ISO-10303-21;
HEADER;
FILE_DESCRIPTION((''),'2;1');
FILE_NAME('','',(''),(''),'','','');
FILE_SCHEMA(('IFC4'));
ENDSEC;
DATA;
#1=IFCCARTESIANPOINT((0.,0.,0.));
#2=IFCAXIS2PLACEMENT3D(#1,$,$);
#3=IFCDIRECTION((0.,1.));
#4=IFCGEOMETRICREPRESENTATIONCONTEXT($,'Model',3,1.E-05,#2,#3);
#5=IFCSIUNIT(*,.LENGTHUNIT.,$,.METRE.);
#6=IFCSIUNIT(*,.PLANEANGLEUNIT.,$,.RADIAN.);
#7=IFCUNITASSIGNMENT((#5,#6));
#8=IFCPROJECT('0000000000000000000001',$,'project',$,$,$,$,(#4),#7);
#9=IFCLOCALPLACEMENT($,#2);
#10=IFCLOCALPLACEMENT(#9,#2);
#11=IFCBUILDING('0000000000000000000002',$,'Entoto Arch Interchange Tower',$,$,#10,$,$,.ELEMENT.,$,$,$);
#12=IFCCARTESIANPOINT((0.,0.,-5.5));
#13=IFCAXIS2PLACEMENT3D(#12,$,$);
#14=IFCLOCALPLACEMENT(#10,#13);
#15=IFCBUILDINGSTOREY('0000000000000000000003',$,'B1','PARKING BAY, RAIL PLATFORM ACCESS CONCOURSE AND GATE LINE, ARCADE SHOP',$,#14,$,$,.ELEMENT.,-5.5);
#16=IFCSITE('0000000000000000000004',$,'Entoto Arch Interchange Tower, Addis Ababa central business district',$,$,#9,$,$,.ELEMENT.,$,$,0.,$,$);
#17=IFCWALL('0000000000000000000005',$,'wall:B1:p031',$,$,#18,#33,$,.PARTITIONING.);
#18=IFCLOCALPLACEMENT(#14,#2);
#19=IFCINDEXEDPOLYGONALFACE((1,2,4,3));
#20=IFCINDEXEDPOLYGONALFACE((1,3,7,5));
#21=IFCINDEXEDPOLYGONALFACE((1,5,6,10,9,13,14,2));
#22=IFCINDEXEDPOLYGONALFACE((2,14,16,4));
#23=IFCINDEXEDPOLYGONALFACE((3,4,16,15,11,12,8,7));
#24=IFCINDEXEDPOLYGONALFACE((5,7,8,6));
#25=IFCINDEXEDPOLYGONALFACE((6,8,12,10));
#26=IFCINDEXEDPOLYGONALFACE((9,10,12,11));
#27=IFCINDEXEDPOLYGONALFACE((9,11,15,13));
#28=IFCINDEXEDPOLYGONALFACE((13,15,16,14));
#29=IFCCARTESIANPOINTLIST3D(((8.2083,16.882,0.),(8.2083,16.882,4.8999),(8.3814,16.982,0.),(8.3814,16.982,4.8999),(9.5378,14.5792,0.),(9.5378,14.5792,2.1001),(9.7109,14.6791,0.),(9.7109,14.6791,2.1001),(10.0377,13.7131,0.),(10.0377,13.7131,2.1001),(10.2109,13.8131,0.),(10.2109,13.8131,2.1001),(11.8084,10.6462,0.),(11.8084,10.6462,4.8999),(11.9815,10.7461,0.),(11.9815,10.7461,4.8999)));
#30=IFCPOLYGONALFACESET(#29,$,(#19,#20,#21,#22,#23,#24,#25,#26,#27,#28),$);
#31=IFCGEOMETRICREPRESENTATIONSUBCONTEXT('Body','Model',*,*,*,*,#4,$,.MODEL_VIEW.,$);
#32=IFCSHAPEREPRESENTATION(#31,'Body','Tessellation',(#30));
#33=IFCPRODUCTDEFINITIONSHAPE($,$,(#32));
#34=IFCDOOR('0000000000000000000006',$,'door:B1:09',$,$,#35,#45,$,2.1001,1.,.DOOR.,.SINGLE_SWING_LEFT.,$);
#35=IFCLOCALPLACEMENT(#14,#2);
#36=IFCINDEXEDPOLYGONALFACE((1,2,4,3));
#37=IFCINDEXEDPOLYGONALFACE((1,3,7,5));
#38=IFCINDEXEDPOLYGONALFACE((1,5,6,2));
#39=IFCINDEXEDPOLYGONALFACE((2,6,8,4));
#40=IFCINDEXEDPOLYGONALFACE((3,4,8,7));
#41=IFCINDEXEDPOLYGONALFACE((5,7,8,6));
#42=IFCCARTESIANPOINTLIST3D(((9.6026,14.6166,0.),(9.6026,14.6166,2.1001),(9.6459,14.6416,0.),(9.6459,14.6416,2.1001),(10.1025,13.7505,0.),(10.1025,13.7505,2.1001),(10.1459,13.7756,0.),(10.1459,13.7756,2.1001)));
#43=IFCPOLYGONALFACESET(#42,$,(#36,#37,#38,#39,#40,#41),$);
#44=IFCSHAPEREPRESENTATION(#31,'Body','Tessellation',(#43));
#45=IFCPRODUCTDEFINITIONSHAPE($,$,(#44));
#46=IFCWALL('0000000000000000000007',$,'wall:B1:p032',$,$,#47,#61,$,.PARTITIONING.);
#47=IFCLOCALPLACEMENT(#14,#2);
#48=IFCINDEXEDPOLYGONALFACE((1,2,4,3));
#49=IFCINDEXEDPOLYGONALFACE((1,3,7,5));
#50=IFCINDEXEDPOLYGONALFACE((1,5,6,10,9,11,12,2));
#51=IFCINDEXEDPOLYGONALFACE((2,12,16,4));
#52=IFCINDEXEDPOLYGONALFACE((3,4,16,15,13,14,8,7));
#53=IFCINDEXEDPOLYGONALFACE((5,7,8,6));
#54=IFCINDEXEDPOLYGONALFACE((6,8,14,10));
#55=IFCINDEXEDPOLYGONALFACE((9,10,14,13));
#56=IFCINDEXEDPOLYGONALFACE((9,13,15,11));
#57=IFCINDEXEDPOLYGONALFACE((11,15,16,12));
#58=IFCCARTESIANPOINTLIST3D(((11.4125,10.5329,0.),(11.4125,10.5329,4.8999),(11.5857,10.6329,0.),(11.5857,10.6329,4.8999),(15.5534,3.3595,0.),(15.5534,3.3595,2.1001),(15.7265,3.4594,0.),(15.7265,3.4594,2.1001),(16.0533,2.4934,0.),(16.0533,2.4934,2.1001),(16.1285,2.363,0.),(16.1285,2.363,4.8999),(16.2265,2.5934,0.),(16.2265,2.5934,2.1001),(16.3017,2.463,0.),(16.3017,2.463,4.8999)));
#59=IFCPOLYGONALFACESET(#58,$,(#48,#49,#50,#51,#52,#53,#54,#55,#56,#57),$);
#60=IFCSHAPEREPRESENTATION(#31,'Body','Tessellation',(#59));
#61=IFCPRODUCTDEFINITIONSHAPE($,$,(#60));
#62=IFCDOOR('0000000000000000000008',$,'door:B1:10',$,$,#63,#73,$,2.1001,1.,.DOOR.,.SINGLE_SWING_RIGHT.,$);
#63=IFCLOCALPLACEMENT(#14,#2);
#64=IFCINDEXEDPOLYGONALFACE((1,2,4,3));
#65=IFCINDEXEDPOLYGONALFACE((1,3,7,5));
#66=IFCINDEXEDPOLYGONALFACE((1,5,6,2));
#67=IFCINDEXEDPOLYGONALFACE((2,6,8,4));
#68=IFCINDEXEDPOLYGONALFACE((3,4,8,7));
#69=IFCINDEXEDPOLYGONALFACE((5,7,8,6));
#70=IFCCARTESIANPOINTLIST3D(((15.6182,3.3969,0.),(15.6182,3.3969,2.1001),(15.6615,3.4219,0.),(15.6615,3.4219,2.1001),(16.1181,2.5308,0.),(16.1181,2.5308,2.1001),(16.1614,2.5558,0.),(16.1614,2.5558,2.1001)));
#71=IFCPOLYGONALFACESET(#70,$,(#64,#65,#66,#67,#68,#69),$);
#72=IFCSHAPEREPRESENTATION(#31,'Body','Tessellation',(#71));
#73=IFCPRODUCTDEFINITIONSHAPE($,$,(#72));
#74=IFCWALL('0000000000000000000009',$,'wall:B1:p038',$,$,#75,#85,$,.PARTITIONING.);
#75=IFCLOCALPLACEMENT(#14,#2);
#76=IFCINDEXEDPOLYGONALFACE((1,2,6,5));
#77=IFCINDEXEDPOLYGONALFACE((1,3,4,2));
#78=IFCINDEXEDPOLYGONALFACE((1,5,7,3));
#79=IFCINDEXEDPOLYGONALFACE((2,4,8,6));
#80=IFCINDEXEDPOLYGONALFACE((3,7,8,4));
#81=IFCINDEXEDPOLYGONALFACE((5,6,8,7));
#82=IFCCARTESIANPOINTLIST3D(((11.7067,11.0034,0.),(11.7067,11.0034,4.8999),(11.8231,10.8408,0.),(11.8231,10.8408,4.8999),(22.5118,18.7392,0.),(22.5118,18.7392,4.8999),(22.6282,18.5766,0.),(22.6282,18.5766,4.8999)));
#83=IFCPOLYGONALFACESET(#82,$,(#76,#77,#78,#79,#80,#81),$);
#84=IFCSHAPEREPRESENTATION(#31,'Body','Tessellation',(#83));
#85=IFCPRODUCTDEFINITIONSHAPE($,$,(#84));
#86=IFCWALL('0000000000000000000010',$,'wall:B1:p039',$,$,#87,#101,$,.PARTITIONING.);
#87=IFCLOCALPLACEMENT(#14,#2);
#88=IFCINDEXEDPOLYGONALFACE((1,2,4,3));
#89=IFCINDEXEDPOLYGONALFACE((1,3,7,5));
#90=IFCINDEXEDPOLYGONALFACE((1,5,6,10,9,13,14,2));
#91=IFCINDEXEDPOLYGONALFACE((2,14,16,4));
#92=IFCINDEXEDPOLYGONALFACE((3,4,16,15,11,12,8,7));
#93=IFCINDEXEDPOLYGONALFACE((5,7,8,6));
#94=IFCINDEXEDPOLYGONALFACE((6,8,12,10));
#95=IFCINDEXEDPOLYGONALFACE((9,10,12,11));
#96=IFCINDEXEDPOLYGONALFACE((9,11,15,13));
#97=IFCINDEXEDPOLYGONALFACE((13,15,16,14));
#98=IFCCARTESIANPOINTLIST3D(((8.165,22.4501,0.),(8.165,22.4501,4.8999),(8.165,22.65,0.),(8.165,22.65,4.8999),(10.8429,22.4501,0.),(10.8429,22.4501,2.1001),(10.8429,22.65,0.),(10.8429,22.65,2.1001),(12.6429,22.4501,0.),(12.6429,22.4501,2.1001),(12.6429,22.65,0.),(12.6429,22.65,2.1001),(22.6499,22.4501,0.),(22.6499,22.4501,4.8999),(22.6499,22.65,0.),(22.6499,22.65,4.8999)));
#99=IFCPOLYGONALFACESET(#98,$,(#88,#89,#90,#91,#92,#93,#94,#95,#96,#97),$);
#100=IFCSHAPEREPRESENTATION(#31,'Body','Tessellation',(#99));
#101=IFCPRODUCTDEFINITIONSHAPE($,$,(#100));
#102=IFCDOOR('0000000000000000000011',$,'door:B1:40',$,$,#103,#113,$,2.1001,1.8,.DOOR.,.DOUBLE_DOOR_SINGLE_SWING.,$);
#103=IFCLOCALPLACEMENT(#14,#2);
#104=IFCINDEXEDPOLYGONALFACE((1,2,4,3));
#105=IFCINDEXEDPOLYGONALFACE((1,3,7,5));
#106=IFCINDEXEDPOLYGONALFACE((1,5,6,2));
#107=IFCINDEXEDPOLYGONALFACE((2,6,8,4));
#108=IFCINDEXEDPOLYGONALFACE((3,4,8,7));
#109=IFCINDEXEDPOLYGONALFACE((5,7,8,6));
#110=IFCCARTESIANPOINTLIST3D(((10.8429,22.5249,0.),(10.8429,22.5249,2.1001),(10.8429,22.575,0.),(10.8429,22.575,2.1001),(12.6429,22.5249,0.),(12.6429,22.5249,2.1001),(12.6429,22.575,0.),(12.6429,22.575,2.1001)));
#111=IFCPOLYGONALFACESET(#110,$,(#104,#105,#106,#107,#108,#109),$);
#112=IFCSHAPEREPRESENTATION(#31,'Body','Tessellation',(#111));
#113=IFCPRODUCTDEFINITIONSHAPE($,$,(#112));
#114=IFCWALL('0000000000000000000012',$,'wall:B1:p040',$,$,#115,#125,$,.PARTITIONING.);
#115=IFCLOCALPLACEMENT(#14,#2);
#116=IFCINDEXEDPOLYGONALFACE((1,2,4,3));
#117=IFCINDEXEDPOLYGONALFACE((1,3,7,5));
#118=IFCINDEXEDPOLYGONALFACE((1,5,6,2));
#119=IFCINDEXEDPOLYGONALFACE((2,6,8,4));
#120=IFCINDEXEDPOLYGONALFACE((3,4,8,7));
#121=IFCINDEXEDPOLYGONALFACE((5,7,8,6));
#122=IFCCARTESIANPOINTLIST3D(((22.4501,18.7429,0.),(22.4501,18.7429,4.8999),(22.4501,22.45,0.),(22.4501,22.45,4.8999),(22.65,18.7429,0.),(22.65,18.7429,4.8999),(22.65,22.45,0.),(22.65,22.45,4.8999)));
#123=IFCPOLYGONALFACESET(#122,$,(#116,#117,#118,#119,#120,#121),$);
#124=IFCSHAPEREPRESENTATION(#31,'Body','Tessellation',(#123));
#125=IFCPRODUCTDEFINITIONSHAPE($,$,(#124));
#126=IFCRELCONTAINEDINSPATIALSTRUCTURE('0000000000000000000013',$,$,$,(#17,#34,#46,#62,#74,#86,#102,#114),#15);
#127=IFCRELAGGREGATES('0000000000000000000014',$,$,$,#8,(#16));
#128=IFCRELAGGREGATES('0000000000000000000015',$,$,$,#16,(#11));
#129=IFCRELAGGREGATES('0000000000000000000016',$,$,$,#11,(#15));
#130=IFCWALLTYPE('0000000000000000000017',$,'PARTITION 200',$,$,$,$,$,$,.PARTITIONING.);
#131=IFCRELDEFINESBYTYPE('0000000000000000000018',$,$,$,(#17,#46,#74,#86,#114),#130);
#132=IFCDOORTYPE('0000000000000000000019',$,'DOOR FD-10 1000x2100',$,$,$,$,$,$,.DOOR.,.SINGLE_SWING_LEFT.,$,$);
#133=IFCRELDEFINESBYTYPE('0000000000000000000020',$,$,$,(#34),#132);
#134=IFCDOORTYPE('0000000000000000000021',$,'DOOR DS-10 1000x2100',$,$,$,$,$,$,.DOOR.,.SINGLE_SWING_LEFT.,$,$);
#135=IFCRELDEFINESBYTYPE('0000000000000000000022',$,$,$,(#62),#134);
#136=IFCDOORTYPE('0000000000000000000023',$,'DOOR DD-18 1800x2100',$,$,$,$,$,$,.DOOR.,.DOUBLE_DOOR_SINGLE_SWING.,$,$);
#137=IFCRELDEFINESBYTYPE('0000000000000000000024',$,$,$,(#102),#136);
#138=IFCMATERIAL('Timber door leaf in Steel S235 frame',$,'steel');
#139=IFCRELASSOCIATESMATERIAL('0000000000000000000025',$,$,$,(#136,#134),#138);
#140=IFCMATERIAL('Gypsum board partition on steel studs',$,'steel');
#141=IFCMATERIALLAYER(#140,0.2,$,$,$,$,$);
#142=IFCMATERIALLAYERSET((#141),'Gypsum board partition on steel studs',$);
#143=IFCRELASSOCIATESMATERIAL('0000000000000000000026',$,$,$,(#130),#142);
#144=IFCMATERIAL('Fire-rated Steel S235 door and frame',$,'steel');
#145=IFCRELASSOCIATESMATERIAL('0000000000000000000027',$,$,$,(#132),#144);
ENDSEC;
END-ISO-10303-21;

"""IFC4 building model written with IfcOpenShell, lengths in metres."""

from ifc_helpers import new_model, si_unit, direction, frame, frame_2d, origin, place, context, subcontext, project, spatial, rectangle, extrude, material, layer, layer_set, type_object, element, fill, save


model = new_model("IFC4")

# Units and contexts
model_context = context("Model", 3, precision=1e-05, world=origin(), true_north=direction((0.0, 1.0)))
body_context = subcontext(model_context, "Body", "Model", "MODEL_VIEW")
ifc_project = project(units=[si_unit("LENGTHUNIT", "METRE"), si_unit("PLANEANGLEUNIT", "RADIAN")], contexts=[model_context])

# Site, building, storey
site_placement = place(None, origin())
site = spatial("IfcSite", under=ifc_project, at=site_placement, Name="Entoto Arch Interchange Tower, Addis Ababa central business district", CompositionType="ELEMENT", RefElevation=0.0)
building_placement = place(site_placement, origin())
building = spatial("IfcBuilding", under=site, at=building_placement, Name="Entoto Arch Interchange Tower", CompositionType="ELEMENT")
storey_placement = place(building_placement, frame((0.0, 0.0, -5.5)))
storey = spatial("IfcBuildingStorey", under=building, at=storey_placement, Name="B1", Description="PARKING BAY, RAIL PLATFORM ACCESS CONCOURSE AND GATE LINE, ARCADE SHOP", CompositionType="ELEMENT", Elevation=-5.5)

# Shared definitions
ifc_material_1 = material(Name="Fire-rated Steel S235 door and frame", Category="steel")

# Shared definitions
ifc_material_2 = material(Name="Gypsum board partition on steel studs", Category="steel")

# Shared definitions
ifc_material_3 = material(Name="Timber door leaf in Steel S235 frame", Category="steel")
door_type_1 = type_object("IfcDoorType", Name="DOOR DD-18 1800x2100", OperationType="DOUBLE_DOOR_SINGLE_SWING", PredefinedType="DOOR", material=ifc_material_3)
ifc_layer_1 = layer(ifc_material_2, 0.2)
ifc_layer_set_1 = layer_set([ifc_layer_1], Name="Gypsum board partition on steel studs")
wall_type_1 = type_object("IfcWallType", Name="PARTITION 200", PredefinedType="PARTITIONING", material=ifc_layer_set_1)
door_type_2 = type_object("IfcDoorType", Name="DOOR FD-10 1000x2100", OperationType="SINGLE_SWING_LEFT", PredefinedType="DOOR", material=ifc_material_1)

# Walls, openings, doors
wall_1_placement = place(storey_placement, frame((8.2949, 16.9319, 0.0), z_axis=(0.0, 0.0, 1.0), x_axis=(0.499983, -0.866035, 0.0)))
wall_1 = element("IfcWall", 1, at=wall_1_placement, inside=storey, type_object=wall_type_1, Name="wall:B1:p031", PredefinedType="PARTITIONING", context=body_context, shape_type="SweptSolid", body=[
    extrude(rectangle(XDim=7.2004, YDim=0.2, at=frame_2d((3.6001, 0.0))), origin(), (0.0, 0.0, 1.0), 4.8999),
])
opening_1_placement = place(wall_1_placement, frame((2.6589, 0.0, 0.0)))
opening_1 = element("IfcOpeningElement", 2, at=opening_1_placement, cuts=wall_1, PredefinedType="OPENING", context=body_context, shape_type="SweptSolid", body=[
    extrude(rectangle(XDim=1.0, YDim=2.1001, at=frame_2d((0.5, 1.05))), frame((0.0, 0.1099, 0.0), z_axis=(0.0, -1.0, 0.0), x_axis=(1.0, 0.0, 0.0)), (0.0, 0.0, 1.0), 0.22),
])
door_1_placement = place(opening_1_placement, origin())
door_1 = element("IfcDoor", 3, at=door_1_placement, inside=storey, type_object=door_type_2, Name="door:B1:09", OperationType="SINGLE_SWING_LEFT", OverallHeight=2.1001, OverallWidth=1.0, PredefinedType="DOOR", context=body_context, shape_type="SweptSolid", body=[
    extrude(rectangle(XDim=1.0, YDim=2.1001, at=frame_2d((0.5, 1.05))), frame((0.0, 0.0249, 0.0), z_axis=(0.0, -1.0, 0.0), x_axis=(1.0, 0.0, 0.0)), (0.0, 0.0, 1.0), 0.05),
])
fill(opening_1, door_1)
wall_2_placement = place(storey_placement, frame((11.499, 10.583, 0.0), z_axis=(0.0, 0.0, 1.0), x_axis=(0.499933, -0.866064, 0.0)))
wall_2 = element("IfcWall", 4, at=wall_2_placement, inside=storey, type_object=wall_type_1, Name="wall:B1:p032", PredefinedType="PARTITIONING", context=body_context, shape_type="SweptSolid", body=[
    extrude(rectangle(XDim=9.4333, YDim=0.2, at=frame_2d((4.7168, 0.0))), origin(), (0.0, 0.0, 1.0), 4.8999),
])
opening_2_placement = place(wall_2_placement, frame((8.283, 0.0, 0.0)))
opening_2 = element("IfcOpeningElement", 5, at=opening_2_placement, cuts=wall_2, PredefinedType="OPENING", context=body_context, shape_type="SweptSolid", body=[
    extrude(rectangle(XDim=1.0, YDim=2.1001, at=frame_2d((0.5, 1.05))), frame((0.0, 0.1099, 0.0), z_axis=(0.0, -1.0, 0.0), x_axis=(1.0, 0.0, 0.0)), (0.0, 0.0, 1.0), 0.22),
])
door_type_3 = type_object("IfcDoorType", Name="DOOR DS-10 1000x2100", OperationType="SINGLE_SWING_LEFT", PredefinedType="DOOR", material=ifc_material_3)
door_2_placement = place(opening_2_placement, origin())
door_2 = element("IfcDoor", 6, at=door_2_placement, inside=storey, type_object=door_type_3, Name="door:B1:10", OperationType="SINGLE_SWING_RIGHT", OverallHeight=2.1001, OverallWidth=1.0, PredefinedType="DOOR", context=body_context, shape_type="SweptSolid", body=[
    extrude(rectangle(XDim=1.0, YDim=2.1001, at=frame_2d((0.5, 1.05))), frame((0.0, 0.0249, 0.0), z_axis=(0.0, -1.0, 0.0), x_axis=(1.0, 0.0, 0.0)), (0.0, 0.0, 1.0), 0.05),
])
fill(opening_2, door_2)

# Wall
wall_3_placement = place(storey_placement, frame((22.5701, 18.658, 0.0), z_axis=(0.0, 0.0, 1.0), x_axis=(-0.813097, -0.582128, 0.0)))
element("IfcWall", 7, at=wall_3_placement, inside=storey, type_object=wall_type_1, Name="wall:B1:p038", PredefinedType="PARTITIONING", context=body_context, shape_type="SweptSolid", body=[
    extrude(rectangle(XDim=13.2888, YDim=0.2, at=frame_2d((6.6445, 0.0))), origin(), (0.0, 0.0, 1.0), 4.8999),
])

# Wall, opening, door
wall_4_placement = place(storey_placement, frame((8.165, 22.55, 0.0), z_axis=(0.0, 0.0, 1.0), x_axis=(1.0, 0.0, 0.0)))
wall_4 = element("IfcWall", 8, at=wall_4_placement, inside=storey, type_object=wall_type_1, Name="wall:B1:p039", PredefinedType="PARTITIONING", context=body_context, shape_type="SweptSolid", body=[
    extrude(rectangle(XDim=14.4849, YDim=0.2, at=frame_2d((7.2424, 0.0))), origin(), (0.0, 0.0, 1.0), 4.8999),
])
opening_3_placement = place(wall_4_placement, frame((2.678, 0.0, 0.0)))
opening_3 = element("IfcOpeningElement", 9, at=opening_3_placement, cuts=wall_4, PredefinedType="OPENING", context=body_context, shape_type="SweptSolid", body=[
    extrude(rectangle(XDim=1.8, YDim=2.1001, at=frame_2d((0.8999, 1.05))), frame((0.0, 0.1099, 0.0), z_axis=(0.0, -1.0, 0.0), x_axis=(1.0, 0.0, 0.0)), (0.0, 0.0, 1.0), 0.22),
])
door_3_placement = place(opening_3_placement, origin())
door_3 = element("IfcDoor", 10, at=door_3_placement, inside=storey, type_object=door_type_1, Name="door:B1:40", OperationType="DOUBLE_DOOR_SINGLE_SWING", OverallHeight=2.1001, OverallWidth=1.8, PredefinedType="DOOR", context=body_context, shape_type="SweptSolid", body=[
    extrude(rectangle(XDim=1.8, YDim=2.1001, at=frame_2d((0.8999, 1.05))), frame((0.0, 0.0249, 0.0), z_axis=(0.0, -1.0, 0.0), x_axis=(1.0, 0.0, 0.0)), (0.0, 0.0, 1.0), 0.05),
])
fill(opening_3, door_3)

# Wall
wall_5_placement = place(storey_placement, frame((22.55, 22.45, 0.0), z_axis=(0.0, 0.0, 1.0), x_axis=(0.0, -1.0, 0.0)))
element("IfcWall", 11, at=wall_5_placement, inside=storey, type_object=wall_type_1, Name="wall:B1:p040", PredefinedType="PARTITIONING", context=body_context, shape_type="SweptSolid", body=[
    extrude(rectangle(XDim=3.707, YDim=0.2, at=frame_2d((1.8535, 0.0))), origin(), (0.0, 0.0, 1.0), 4.8999),
])

save(model, "model.ifc")
